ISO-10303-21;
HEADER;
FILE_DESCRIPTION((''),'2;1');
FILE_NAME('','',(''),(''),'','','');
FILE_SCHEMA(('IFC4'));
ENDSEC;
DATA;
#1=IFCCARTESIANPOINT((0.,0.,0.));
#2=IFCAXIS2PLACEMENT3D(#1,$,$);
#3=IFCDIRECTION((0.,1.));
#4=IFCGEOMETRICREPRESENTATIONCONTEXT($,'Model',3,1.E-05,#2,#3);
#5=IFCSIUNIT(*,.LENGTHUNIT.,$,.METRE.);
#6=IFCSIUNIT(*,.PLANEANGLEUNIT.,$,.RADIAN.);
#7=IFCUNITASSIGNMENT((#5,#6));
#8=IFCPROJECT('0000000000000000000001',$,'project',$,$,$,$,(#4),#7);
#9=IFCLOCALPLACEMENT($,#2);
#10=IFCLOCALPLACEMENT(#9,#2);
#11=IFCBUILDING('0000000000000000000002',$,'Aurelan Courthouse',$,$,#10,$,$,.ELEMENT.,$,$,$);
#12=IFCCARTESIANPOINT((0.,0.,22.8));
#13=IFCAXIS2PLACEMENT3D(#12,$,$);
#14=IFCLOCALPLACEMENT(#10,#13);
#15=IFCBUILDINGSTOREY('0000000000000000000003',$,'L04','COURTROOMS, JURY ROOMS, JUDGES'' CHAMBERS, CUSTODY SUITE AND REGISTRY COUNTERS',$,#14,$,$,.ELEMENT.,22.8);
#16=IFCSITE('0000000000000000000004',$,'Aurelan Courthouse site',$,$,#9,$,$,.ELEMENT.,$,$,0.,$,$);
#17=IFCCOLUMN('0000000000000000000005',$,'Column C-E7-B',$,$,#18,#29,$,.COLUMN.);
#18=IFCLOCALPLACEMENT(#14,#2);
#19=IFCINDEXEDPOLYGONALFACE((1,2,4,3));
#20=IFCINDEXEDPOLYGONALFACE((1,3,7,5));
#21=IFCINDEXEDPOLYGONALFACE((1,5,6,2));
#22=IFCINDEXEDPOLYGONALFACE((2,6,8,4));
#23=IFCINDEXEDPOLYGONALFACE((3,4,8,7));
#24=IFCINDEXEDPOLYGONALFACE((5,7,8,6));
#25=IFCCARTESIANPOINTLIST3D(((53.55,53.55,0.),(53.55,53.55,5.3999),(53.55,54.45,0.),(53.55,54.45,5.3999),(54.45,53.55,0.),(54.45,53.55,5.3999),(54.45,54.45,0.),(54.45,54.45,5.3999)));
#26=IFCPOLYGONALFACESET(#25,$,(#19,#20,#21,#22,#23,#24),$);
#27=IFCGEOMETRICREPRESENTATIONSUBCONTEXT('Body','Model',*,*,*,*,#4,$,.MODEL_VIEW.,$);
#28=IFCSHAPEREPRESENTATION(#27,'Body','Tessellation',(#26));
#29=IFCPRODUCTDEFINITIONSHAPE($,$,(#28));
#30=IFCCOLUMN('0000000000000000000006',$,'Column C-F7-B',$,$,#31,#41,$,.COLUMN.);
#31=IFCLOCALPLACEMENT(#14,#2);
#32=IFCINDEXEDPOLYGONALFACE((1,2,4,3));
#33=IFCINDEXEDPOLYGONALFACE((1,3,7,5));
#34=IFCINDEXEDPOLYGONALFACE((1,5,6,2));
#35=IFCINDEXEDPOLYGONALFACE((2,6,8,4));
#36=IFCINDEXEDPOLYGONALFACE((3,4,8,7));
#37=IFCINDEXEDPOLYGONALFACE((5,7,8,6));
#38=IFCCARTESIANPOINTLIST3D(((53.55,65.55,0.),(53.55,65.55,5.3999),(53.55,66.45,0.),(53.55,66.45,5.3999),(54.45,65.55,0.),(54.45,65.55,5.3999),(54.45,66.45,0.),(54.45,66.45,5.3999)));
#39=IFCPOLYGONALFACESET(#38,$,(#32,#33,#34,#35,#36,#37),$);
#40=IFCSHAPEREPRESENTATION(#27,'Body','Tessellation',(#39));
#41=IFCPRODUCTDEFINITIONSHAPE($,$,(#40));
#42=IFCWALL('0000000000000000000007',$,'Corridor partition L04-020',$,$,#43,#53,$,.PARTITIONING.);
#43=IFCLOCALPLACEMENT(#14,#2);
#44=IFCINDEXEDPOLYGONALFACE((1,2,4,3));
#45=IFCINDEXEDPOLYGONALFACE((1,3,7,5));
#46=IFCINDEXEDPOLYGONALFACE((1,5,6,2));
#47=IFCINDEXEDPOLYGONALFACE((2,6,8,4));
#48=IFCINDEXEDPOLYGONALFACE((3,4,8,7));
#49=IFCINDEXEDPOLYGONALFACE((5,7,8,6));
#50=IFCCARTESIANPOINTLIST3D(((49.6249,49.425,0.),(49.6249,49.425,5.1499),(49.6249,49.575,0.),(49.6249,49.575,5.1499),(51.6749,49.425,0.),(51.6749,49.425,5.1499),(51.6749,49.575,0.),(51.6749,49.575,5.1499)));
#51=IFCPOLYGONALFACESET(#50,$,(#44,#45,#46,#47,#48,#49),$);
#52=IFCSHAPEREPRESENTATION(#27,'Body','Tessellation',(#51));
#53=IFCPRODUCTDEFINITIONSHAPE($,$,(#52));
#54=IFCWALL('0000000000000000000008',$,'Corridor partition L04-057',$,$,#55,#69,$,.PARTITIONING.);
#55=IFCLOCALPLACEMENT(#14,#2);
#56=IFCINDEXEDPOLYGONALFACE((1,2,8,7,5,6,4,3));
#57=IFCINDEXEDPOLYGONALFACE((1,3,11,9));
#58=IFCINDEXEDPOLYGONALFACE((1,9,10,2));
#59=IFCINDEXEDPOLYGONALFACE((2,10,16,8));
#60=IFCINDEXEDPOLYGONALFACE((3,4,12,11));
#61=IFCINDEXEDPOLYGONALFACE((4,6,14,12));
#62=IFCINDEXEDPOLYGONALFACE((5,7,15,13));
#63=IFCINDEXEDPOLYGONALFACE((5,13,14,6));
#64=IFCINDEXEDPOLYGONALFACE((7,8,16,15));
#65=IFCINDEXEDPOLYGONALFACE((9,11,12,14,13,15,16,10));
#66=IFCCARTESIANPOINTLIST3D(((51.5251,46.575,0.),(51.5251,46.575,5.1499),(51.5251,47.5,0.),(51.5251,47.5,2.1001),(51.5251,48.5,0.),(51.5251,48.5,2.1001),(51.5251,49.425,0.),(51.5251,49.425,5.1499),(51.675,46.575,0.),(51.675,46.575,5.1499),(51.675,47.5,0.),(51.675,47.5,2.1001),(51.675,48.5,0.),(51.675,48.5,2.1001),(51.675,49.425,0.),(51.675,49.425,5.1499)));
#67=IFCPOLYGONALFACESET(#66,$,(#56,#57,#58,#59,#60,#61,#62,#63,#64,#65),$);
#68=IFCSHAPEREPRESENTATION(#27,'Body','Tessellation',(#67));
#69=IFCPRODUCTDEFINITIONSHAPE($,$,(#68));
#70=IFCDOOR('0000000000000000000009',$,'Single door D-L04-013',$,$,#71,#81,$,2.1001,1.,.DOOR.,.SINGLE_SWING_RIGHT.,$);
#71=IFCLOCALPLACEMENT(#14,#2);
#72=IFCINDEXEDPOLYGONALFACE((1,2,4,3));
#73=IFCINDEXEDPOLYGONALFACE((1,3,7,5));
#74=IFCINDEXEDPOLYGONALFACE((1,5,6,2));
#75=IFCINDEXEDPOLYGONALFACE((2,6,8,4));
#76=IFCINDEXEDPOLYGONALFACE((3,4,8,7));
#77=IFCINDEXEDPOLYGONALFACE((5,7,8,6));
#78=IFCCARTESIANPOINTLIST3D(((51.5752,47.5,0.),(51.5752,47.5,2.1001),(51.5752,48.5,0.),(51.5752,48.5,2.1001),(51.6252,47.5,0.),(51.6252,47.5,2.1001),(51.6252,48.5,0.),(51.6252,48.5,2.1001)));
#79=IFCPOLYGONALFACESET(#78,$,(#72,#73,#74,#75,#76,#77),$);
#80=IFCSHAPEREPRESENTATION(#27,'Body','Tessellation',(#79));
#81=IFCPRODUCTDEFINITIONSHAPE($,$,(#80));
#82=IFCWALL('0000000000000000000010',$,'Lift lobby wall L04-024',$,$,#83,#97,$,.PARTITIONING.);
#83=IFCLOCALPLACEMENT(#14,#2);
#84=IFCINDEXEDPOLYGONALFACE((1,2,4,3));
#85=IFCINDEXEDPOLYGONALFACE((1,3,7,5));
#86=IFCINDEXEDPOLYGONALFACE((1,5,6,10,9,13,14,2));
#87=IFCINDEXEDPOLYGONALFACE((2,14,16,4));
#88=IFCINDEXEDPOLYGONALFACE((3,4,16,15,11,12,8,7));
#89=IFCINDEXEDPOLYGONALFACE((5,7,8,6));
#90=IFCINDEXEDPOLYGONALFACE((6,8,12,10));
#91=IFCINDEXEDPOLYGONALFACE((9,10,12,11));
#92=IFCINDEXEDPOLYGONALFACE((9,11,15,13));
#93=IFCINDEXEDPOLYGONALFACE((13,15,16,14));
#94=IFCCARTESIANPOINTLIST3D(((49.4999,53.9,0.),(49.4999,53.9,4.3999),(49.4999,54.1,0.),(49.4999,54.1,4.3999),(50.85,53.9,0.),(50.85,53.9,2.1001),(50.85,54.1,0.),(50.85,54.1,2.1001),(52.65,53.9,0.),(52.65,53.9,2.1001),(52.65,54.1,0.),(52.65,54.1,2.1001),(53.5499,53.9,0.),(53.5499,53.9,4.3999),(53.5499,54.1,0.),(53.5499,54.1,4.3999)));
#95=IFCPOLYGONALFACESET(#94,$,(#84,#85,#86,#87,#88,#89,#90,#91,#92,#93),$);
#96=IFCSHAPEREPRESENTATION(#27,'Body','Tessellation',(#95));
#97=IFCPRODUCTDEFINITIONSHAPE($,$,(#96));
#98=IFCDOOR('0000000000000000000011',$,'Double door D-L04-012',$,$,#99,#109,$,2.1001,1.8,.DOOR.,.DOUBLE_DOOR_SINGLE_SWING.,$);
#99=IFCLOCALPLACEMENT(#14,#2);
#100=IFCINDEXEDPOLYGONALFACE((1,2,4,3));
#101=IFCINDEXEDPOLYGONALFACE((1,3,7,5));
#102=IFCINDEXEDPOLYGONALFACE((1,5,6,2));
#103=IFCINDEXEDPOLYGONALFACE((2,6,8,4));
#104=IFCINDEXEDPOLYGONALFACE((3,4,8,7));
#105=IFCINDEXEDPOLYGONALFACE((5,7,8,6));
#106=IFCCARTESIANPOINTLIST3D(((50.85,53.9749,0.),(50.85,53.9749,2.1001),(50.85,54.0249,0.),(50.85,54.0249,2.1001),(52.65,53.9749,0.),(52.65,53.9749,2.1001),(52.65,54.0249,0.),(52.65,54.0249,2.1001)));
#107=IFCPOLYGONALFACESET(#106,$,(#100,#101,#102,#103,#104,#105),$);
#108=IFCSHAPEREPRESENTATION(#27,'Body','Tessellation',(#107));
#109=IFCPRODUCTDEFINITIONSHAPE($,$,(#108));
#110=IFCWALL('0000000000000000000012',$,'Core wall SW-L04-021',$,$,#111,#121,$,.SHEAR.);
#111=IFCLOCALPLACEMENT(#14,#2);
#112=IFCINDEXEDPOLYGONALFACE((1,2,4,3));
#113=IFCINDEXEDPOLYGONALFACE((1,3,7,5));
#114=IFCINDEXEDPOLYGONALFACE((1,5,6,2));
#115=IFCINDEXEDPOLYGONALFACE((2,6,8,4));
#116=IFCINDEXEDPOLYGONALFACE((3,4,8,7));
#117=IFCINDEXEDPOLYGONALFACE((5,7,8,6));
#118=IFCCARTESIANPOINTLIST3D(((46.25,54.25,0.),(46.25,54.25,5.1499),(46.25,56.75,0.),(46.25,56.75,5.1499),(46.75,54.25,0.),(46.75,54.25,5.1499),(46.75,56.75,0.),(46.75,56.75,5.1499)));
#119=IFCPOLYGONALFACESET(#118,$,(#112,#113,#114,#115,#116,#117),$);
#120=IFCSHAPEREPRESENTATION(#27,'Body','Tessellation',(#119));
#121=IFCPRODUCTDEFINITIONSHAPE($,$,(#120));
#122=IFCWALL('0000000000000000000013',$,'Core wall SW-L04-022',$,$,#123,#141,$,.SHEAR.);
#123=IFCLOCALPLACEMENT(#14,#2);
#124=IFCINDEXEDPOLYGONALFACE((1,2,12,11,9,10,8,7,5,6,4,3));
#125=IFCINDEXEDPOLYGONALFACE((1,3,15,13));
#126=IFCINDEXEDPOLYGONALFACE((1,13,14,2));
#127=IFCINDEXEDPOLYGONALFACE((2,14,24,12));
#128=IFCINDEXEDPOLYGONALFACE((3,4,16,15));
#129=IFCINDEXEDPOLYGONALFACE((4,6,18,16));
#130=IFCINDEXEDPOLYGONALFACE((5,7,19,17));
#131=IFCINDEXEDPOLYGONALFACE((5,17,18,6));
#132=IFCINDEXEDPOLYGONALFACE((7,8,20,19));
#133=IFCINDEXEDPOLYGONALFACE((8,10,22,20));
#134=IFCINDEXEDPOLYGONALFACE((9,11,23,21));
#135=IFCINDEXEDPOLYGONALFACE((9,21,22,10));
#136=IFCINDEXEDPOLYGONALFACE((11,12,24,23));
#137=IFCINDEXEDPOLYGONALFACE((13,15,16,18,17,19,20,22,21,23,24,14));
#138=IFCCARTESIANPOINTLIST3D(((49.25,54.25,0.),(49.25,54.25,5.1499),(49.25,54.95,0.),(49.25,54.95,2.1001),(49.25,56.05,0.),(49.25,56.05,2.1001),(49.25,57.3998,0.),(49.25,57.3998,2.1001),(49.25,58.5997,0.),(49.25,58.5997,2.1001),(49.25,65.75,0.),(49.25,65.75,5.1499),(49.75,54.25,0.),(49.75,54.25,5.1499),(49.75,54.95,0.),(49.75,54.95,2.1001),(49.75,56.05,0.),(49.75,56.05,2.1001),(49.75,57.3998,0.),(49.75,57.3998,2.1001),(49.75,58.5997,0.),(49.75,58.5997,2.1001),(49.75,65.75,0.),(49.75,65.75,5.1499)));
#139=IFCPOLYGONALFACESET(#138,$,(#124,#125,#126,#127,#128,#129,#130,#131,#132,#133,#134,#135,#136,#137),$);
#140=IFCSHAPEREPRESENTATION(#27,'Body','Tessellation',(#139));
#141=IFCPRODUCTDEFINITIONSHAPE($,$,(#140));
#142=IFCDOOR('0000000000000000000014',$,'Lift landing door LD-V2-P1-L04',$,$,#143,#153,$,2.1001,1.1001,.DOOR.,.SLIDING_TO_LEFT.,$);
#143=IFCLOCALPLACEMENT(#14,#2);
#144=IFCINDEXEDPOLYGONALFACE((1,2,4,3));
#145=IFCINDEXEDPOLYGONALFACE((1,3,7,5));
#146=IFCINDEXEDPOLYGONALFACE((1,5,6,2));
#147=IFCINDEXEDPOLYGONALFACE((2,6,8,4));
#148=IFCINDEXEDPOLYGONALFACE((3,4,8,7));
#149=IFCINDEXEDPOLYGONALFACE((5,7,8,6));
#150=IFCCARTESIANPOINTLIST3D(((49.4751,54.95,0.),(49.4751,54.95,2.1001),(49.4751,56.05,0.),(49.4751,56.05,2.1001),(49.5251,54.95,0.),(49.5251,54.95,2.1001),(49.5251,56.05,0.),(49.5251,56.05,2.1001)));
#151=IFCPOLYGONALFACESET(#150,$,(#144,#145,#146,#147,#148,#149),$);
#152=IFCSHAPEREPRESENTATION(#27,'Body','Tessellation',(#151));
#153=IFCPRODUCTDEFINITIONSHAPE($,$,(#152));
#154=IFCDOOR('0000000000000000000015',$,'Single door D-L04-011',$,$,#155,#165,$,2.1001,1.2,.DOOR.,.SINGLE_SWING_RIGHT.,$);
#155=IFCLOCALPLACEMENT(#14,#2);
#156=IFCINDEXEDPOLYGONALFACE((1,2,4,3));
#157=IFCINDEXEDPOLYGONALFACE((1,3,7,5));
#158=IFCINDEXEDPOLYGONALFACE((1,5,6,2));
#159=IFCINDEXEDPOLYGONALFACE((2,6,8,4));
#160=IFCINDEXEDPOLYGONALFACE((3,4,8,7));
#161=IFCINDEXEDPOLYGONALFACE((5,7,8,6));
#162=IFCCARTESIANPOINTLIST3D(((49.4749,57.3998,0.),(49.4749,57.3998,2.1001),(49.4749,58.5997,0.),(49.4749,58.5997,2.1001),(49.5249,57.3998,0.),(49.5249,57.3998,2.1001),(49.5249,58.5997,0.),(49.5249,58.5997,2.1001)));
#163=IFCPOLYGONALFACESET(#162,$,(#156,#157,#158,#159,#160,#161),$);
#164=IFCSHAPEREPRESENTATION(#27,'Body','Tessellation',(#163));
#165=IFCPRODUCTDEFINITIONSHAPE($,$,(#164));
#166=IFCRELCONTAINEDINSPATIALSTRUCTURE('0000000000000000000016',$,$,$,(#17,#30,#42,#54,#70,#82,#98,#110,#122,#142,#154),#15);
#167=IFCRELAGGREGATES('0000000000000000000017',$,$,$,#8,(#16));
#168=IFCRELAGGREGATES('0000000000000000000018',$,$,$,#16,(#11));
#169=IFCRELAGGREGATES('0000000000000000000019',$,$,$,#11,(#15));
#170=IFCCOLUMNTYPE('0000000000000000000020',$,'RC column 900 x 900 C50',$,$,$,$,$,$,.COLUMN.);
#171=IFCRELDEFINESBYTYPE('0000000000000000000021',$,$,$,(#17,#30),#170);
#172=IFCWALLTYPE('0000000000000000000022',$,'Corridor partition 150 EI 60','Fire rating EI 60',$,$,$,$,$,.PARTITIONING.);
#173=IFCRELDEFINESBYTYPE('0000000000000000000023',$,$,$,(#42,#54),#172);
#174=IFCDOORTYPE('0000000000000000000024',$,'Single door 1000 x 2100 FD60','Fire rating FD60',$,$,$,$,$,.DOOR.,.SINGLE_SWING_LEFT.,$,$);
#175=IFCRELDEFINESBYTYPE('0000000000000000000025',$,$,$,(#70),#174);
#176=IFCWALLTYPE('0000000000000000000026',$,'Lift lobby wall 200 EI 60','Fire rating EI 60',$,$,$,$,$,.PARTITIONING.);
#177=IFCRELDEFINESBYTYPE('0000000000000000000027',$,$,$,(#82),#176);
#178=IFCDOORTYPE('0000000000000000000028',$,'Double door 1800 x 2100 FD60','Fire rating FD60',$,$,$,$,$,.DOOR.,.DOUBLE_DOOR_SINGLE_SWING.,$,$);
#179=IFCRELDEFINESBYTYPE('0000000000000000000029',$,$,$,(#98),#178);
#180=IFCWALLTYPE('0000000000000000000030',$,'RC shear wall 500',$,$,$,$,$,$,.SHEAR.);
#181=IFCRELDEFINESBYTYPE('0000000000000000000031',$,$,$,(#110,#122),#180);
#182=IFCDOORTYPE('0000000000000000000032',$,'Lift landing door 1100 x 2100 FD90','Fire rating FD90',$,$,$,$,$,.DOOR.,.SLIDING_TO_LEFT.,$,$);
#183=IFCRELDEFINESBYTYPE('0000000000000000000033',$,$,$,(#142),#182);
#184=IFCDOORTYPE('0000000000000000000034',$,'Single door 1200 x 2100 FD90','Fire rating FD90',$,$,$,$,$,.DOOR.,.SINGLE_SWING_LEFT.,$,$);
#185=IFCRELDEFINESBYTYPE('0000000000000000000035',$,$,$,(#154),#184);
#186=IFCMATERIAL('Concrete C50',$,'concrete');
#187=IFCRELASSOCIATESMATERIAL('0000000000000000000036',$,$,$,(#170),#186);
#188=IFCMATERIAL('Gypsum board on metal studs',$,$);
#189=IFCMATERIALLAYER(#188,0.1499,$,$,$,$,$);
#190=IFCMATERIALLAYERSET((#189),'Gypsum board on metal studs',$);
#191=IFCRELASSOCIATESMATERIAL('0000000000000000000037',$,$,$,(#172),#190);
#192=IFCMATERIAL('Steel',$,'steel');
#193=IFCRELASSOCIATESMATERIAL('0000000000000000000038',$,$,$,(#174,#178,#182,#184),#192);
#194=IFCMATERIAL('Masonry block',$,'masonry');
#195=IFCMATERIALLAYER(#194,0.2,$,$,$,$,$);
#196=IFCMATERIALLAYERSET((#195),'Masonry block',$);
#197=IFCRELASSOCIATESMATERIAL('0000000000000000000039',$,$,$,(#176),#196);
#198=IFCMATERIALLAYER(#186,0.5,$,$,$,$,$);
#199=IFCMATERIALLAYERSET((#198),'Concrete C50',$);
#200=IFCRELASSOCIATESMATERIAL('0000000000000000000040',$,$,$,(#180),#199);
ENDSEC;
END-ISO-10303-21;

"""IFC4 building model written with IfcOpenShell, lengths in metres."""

from ifc_helpers import new_model, si_unit, direction, frame, frame_2d, origin, origin_2d, place, context, subcontext, project, spatial, rectangle, extrude, material, layer, layer_set, material_profile, profile_set, type_object, element, fill, save


model = new_model("IFC4")

# Units and contexts
model_context = context("Model", 3, precision=1e-05, world=origin(), true_north=direction((0.0, 1.0)))
body_context = subcontext(model_context, "Body", "Model", "MODEL_VIEW")
ifc_project = project(units=[si_unit("LENGTHUNIT", "METRE"), si_unit("PLANEANGLEUNIT", "RADIAN")], contexts=[model_context])

# Site, building, storey
site_placement = place(None, origin())
site = spatial("IfcSite", under=ifc_project, at=site_placement, Name="Aurelan Courthouse site", CompositionType="ELEMENT", RefElevation=0.0)
building_placement = place(site_placement, origin())
building = spatial("IfcBuilding", under=site, at=building_placement, Name="Aurelan Courthouse", CompositionType="ELEMENT")
storey_placement = place(building_placement, frame((0.0, 0.0, 22.8)))
storey = spatial("IfcBuildingStorey", under=building, at=storey_placement, Name="L04", Description="COURTROOMS, JURY ROOMS, JUDGES' CHAMBERS, CUSTODY SUITE AND REGISTRY COUNTERS", CompositionType="ELEMENT", Elevation=22.8)

# Columns
ifc_material_1 = material(Name="Concrete C50", Category="concrete")
ifc_material_profile = material_profile(ifc_material_1, rectangle(XDim=0.8999, YDim=0.8999, at=origin_2d()), Name="RC 900 x 900")
ifc_profile_set = profile_set([ifc_material_profile], Name="Concrete C50")
column_type = type_object("IfcColumnType", Name="RC column 900 x 900 C50", PredefinedType="COLUMN", material=ifc_profile_set)
for number, where, z_axis, x_axis, name in (
    (1, (54.0, 54.0, 0.0), (0.0, 0.0, 1.0), (1.0, 0.0, 0.0), "Column C-E7-B"),
    (2, (54.0, 66.0, 0.0), (0.0, 0.0, 1.0), (1.0, 0.0, 0.0), "Column C-F7-B"),
):
    element("IfcColumn", number, at=place(storey_placement, frame(where, z_axis=z_axis, x_axis=x_axis)), inside=storey, type_object=column_type, Name=name, PredefinedType="COLUMN", context=body_context, shape_type="SweptSolid", body=[
        extrude(rectangle(XDim=0.8999, YDim=0.8999, at=origin_2d()), origin(), (0.0, 0.0, 1.0), 5.3999),
    ])

# Wall
ifc_material_2 = material(Name="Gypsum board on metal studs")
ifc_layer_1 = layer(ifc_material_2, 0.1499)
ifc_layer_set_1 = layer_set([ifc_layer_1], Name="Gypsum board on metal studs")
wall_type_1 = type_object("IfcWallType", Name="Corridor partition 150 EI 60", Description="Fire rating EI 60", PredefinedType="PARTITIONING", material=ifc_layer_set_1)
wall_1_placement = place(storey_placement, frame((49.625, 49.5, 0.0), z_axis=(0.0, 0.0, 1.0), x_axis=(1.0, 0.0, 0.0)))
element("IfcWall", 3, at=wall_1_placement, inside=storey, type_object=wall_type_1, Name="Corridor partition L04-020", PredefinedType="PARTITIONING", context=body_context, shape_type="SweptSolid", body=[
    extrude(rectangle(XDim=2.05, YDim=0.1499, at=frame_2d((1.0249, 0.0))), origin(), (0.0, 0.0, 1.0), 5.1499),
])

# Walls, openings, doors
wall_2_placement = place(storey_placement, frame((51.6001, 46.575, 0.0), z_axis=(0.0, 0.0, 1.0), x_axis=(0.0, 1.0, 0.0)))
wall_2 = element("IfcWall", 4, at=wall_2_placement, inside=storey, type_object=wall_type_1, Name="Corridor partition L04-057", PredefinedType="PARTITIONING", context=body_context, shape_type="SweptSolid", body=[
    extrude(rectangle(XDim=2.8501, YDim=0.1499, at=frame_2d((1.425, 0.0))), origin(), (0.0, 0.0, 1.0), 5.1499),
])
opening_1_placement = place(wall_2_placement, frame((0.925, 0.0, 0.0)))
opening_1 = element("IfcOpeningElement", 5, at=opening_1_placement, cuts=wall_2, PredefinedType="OPENING", context=body_context, shape_type="SweptSolid", body=[
    extrude(rectangle(XDim=1.0, YDim=2.1001, at=frame_2d((0.5, 1.05))), frame((0.0, 0.085, 0.0), z_axis=(0.0, -1.0, 0.0), x_axis=(1.0, 0.0, 0.0)), (0.0, 0.0, 1.0), 0.1699),
])
ifc_material_3 = material(Name="Steel", Category="steel")
door_type_1 = type_object("IfcDoorType", Name="Single door 1000 x 2100 FD60", Description="Fire rating FD60", OperationType="SINGLE_SWING_LEFT", PredefinedType="DOOR", material=ifc_material_3)
door_1_placement = place(opening_1_placement, origin())
door_1 = element("IfcDoor", 6, at=door_1_placement, inside=storey, type_object=door_type_1, Name="Single door D-L04-013", OperationType="SINGLE_SWING_RIGHT", OverallHeight=2.1001, OverallWidth=1.0, PredefinedType="DOOR", context=body_context, shape_type="SweptSolid", body=[
    extrude(rectangle(XDim=1.0, YDim=2.1001, at=frame_2d((0.5, 1.05))), frame((0.0, 0.0249, 0.0), z_axis=(0.0, -1.0, 0.0), x_axis=(1.0, 0.0, 0.0)), (0.0, 0.0, 1.0), 0.05),
])
fill(opening_1, door_1)
ifc_material_4 = material(Name="Masonry block", Category="masonry")
ifc_layer_2 = layer(ifc_material_4, 0.2)
ifc_layer_set_2 = layer_set([ifc_layer_2], Name="Masonry block")
wall_type_2 = type_object("IfcWallType", Name="Lift lobby wall 200 EI 60", Description="Fire rating EI 60", PredefinedType="PARTITIONING", material=ifc_layer_set_2)
wall_3_placement = place(storey_placement, frame((49.5, 54.0, 0.0), z_axis=(0.0, 0.0, 1.0), x_axis=(1.0, 0.0, 0.0)))
wall_3 = element("IfcWall", 7, at=wall_3_placement, inside=storey, type_object=wall_type_2, Name="Lift lobby wall L04-024", PredefinedType="PARTITIONING", context=body_context, shape_type="SweptSolid", body=[
    extrude(rectangle(XDim=4.05, YDim=0.2, at=frame_2d((2.0249, 0.0))), origin(), (0.0, 0.0, 1.0), 4.3999),
])
opening_2_placement = place(wall_3_placement, frame((1.3501, 0.0, 0.0)))
opening_2 = element("IfcOpeningElement", 8, at=opening_2_placement, cuts=wall_3, PredefinedType="OPENING", context=body_context, shape_type="SweptSolid", body=[
    extrude(rectangle(XDim=1.8, YDim=2.1001, at=frame_2d((0.8999, 1.05))), frame((0.0, 0.1099, 0.0), z_axis=(0.0, -1.0, 0.0), x_axis=(1.0, 0.0, 0.0)), (0.0, 0.0, 1.0), 0.22),
])
door_type_2 = type_object("IfcDoorType", Name="Double door 1800 x 2100 FD60", Description="Fire rating FD60", OperationType="DOUBLE_DOOR_SINGLE_SWING", PredefinedType="DOOR", material=ifc_material_3)
door_2_placement = place(opening_2_placement, origin())
door_2 = element("IfcDoor", 9, at=door_2_placement, inside=storey, type_object=door_type_2, Name="Double door D-L04-012", OperationType="DOUBLE_DOOR_SINGLE_SWING", OverallHeight=2.1001, OverallWidth=1.8, PredefinedType="DOOR", context=body_context, shape_type="SweptSolid", body=[
    extrude(rectangle(XDim=1.8, YDim=2.1001, at=frame_2d((0.8999, 1.05))), frame((0.0, 0.0249, 0.0), z_axis=(0.0, -1.0, 0.0), x_axis=(1.0, 0.0, 0.0)), (0.0, 0.0, 1.0), 0.05),
])
fill(opening_2, door_2)

# Wall
ifc_layer_3 = layer(ifc_material_1, 0.5)
ifc_layer_set_3 = layer_set([ifc_layer_3], Name="Concrete C50")
wall_type_3 = type_object("IfcWallType", Name="RC shear wall 500", PredefinedType="SHEAR", material=ifc_layer_set_3)
wall_4_placement = place(storey_placement, frame((46.5, 54.25, 0.0), z_axis=(0.0, 0.0, 1.0), x_axis=(0.0, 1.0, 0.0)))
element("IfcWall", 10, at=wall_4_placement, inside=storey, type_object=wall_type_3, Name="Core wall SW-L04-021", PredefinedType="SHEAR", context=body_context, shape_type="SweptSolid", body=[
    extrude(rectangle(XDim=2.5, YDim=0.5, at=frame_2d((1.25, 0.0))), origin(), (0.0, 0.0, 1.0), 5.1499),
])

# Wall, openings, doors
wall_5_placement = place(storey_placement, frame((49.5, 54.25, 0.0), z_axis=(0.0, 0.0, 1.0), x_axis=(0.0, 1.0, 0.0)))
wall_5 = element("IfcWall", 11, at=wall_5_placement, inside=storey, type_object=wall_type_3, Name="Core wall SW-L04-022", PredefinedType="SHEAR", context=body_context, shape_type="SweptSolid", body=[
    extrude(rectangle(XDim=11.5, YDim=0.5, at=frame_2d((5.75, 0.0))), origin(), (0.0, 0.0, 1.0), 5.1499),
])
opening_3_placement = place(wall_5_placement, frame((0.7, 0.0, 0.0)))
opening_3 = element("IfcOpeningElement", 12, at=opening_3_placement, cuts=wall_5, PredefinedType="OPENING", context=body_context, shape_type="SweptSolid", body=[
    extrude(rectangle(XDim=1.1001, YDim=2.1001, at=frame_2d((0.55, 1.05))), frame((0.0, 0.26, 0.0), z_axis=(0.0, -1.0, 0.0), x_axis=(1.0, 0.0, 0.0)), (0.0, 0.0, 1.0), 0.52),
])
opening_4_placement = place(wall_5_placement, frame((4.3499, 0.0, 0.0), z_axis=(0.0, 0.0, 1.0), x_axis=(-1.0, 0.0, 0.0)))
opening_4 = element("IfcOpeningElement", 13, at=opening_4_placement, cuts=wall_5, PredefinedType="OPENING", context=body_context, shape_type="SweptSolid", body=[
    extrude(rectangle(XDim=1.2, YDim=2.1001, at=frame_2d((0.6001, 1.05))), frame((0.0, 0.26, 0.0), z_axis=(0.0, -1.0, 0.0), x_axis=(1.0, 0.0, 0.0)), (0.0, 0.0, 1.0), 0.52),
])
door_type_3 = type_object("IfcDoorType", Name="Lift landing door 1100 x 2100 FD90", Description="Fire rating FD90", OperationType="SLIDING_TO_LEFT", PredefinedType="DOOR", material=ifc_material_3)
door_3_placement = place(opening_3_placement, origin())
door_3 = element("IfcDoor", 14, at=door_3_placement, inside=storey, type_object=door_type_3, Name="Lift landing door LD-V2-P1-L04", OperationType="SLIDING_TO_LEFT", OverallHeight=2.1001, OverallWidth=1.1001, PredefinedType="DOOR", context=body_context, shape_type="SweptSolid", body=[
    extrude(rectangle(XDim=1.1001, YDim=2.1001, at=frame_2d((0.55, 1.05))), frame((0.0, 0.0249, 0.0), z_axis=(0.0, -1.0, 0.0), x_axis=(1.0, 0.0, 0.0)), (0.0, 0.0, 1.0), 0.05),
])
fill(opening_3, door_3)
door_type_4 = type_object("IfcDoorType", Name="Single door 1200 x 2100 FD90", Description="Fire rating FD90", OperationType="SINGLE_SWING_LEFT", PredefinedType="DOOR", material=ifc_material_3)
door_4_placement = place(opening_4_placement, origin())
door_4 = element("IfcDoor", 15, at=door_4_placement, inside=storey, type_object=door_type_4, Name="Single door D-L04-011", OperationType="SINGLE_SWING_RIGHT", OverallHeight=2.1001, OverallWidth=1.2, PredefinedType="DOOR", context=body_context, shape_type="SweptSolid", body=[
    extrude(rectangle(XDim=1.2, YDim=2.1001, at=frame_2d((0.6001, 1.05))), frame((0.0, 0.0249, 0.0), z_axis=(0.0, -1.0, 0.0), x_axis=(1.0, 0.0, 0.0)), (0.0, 0.0, 1.0), 0.05),
])
fill(opening_4, door_4)

save(model, "model.ifc")
